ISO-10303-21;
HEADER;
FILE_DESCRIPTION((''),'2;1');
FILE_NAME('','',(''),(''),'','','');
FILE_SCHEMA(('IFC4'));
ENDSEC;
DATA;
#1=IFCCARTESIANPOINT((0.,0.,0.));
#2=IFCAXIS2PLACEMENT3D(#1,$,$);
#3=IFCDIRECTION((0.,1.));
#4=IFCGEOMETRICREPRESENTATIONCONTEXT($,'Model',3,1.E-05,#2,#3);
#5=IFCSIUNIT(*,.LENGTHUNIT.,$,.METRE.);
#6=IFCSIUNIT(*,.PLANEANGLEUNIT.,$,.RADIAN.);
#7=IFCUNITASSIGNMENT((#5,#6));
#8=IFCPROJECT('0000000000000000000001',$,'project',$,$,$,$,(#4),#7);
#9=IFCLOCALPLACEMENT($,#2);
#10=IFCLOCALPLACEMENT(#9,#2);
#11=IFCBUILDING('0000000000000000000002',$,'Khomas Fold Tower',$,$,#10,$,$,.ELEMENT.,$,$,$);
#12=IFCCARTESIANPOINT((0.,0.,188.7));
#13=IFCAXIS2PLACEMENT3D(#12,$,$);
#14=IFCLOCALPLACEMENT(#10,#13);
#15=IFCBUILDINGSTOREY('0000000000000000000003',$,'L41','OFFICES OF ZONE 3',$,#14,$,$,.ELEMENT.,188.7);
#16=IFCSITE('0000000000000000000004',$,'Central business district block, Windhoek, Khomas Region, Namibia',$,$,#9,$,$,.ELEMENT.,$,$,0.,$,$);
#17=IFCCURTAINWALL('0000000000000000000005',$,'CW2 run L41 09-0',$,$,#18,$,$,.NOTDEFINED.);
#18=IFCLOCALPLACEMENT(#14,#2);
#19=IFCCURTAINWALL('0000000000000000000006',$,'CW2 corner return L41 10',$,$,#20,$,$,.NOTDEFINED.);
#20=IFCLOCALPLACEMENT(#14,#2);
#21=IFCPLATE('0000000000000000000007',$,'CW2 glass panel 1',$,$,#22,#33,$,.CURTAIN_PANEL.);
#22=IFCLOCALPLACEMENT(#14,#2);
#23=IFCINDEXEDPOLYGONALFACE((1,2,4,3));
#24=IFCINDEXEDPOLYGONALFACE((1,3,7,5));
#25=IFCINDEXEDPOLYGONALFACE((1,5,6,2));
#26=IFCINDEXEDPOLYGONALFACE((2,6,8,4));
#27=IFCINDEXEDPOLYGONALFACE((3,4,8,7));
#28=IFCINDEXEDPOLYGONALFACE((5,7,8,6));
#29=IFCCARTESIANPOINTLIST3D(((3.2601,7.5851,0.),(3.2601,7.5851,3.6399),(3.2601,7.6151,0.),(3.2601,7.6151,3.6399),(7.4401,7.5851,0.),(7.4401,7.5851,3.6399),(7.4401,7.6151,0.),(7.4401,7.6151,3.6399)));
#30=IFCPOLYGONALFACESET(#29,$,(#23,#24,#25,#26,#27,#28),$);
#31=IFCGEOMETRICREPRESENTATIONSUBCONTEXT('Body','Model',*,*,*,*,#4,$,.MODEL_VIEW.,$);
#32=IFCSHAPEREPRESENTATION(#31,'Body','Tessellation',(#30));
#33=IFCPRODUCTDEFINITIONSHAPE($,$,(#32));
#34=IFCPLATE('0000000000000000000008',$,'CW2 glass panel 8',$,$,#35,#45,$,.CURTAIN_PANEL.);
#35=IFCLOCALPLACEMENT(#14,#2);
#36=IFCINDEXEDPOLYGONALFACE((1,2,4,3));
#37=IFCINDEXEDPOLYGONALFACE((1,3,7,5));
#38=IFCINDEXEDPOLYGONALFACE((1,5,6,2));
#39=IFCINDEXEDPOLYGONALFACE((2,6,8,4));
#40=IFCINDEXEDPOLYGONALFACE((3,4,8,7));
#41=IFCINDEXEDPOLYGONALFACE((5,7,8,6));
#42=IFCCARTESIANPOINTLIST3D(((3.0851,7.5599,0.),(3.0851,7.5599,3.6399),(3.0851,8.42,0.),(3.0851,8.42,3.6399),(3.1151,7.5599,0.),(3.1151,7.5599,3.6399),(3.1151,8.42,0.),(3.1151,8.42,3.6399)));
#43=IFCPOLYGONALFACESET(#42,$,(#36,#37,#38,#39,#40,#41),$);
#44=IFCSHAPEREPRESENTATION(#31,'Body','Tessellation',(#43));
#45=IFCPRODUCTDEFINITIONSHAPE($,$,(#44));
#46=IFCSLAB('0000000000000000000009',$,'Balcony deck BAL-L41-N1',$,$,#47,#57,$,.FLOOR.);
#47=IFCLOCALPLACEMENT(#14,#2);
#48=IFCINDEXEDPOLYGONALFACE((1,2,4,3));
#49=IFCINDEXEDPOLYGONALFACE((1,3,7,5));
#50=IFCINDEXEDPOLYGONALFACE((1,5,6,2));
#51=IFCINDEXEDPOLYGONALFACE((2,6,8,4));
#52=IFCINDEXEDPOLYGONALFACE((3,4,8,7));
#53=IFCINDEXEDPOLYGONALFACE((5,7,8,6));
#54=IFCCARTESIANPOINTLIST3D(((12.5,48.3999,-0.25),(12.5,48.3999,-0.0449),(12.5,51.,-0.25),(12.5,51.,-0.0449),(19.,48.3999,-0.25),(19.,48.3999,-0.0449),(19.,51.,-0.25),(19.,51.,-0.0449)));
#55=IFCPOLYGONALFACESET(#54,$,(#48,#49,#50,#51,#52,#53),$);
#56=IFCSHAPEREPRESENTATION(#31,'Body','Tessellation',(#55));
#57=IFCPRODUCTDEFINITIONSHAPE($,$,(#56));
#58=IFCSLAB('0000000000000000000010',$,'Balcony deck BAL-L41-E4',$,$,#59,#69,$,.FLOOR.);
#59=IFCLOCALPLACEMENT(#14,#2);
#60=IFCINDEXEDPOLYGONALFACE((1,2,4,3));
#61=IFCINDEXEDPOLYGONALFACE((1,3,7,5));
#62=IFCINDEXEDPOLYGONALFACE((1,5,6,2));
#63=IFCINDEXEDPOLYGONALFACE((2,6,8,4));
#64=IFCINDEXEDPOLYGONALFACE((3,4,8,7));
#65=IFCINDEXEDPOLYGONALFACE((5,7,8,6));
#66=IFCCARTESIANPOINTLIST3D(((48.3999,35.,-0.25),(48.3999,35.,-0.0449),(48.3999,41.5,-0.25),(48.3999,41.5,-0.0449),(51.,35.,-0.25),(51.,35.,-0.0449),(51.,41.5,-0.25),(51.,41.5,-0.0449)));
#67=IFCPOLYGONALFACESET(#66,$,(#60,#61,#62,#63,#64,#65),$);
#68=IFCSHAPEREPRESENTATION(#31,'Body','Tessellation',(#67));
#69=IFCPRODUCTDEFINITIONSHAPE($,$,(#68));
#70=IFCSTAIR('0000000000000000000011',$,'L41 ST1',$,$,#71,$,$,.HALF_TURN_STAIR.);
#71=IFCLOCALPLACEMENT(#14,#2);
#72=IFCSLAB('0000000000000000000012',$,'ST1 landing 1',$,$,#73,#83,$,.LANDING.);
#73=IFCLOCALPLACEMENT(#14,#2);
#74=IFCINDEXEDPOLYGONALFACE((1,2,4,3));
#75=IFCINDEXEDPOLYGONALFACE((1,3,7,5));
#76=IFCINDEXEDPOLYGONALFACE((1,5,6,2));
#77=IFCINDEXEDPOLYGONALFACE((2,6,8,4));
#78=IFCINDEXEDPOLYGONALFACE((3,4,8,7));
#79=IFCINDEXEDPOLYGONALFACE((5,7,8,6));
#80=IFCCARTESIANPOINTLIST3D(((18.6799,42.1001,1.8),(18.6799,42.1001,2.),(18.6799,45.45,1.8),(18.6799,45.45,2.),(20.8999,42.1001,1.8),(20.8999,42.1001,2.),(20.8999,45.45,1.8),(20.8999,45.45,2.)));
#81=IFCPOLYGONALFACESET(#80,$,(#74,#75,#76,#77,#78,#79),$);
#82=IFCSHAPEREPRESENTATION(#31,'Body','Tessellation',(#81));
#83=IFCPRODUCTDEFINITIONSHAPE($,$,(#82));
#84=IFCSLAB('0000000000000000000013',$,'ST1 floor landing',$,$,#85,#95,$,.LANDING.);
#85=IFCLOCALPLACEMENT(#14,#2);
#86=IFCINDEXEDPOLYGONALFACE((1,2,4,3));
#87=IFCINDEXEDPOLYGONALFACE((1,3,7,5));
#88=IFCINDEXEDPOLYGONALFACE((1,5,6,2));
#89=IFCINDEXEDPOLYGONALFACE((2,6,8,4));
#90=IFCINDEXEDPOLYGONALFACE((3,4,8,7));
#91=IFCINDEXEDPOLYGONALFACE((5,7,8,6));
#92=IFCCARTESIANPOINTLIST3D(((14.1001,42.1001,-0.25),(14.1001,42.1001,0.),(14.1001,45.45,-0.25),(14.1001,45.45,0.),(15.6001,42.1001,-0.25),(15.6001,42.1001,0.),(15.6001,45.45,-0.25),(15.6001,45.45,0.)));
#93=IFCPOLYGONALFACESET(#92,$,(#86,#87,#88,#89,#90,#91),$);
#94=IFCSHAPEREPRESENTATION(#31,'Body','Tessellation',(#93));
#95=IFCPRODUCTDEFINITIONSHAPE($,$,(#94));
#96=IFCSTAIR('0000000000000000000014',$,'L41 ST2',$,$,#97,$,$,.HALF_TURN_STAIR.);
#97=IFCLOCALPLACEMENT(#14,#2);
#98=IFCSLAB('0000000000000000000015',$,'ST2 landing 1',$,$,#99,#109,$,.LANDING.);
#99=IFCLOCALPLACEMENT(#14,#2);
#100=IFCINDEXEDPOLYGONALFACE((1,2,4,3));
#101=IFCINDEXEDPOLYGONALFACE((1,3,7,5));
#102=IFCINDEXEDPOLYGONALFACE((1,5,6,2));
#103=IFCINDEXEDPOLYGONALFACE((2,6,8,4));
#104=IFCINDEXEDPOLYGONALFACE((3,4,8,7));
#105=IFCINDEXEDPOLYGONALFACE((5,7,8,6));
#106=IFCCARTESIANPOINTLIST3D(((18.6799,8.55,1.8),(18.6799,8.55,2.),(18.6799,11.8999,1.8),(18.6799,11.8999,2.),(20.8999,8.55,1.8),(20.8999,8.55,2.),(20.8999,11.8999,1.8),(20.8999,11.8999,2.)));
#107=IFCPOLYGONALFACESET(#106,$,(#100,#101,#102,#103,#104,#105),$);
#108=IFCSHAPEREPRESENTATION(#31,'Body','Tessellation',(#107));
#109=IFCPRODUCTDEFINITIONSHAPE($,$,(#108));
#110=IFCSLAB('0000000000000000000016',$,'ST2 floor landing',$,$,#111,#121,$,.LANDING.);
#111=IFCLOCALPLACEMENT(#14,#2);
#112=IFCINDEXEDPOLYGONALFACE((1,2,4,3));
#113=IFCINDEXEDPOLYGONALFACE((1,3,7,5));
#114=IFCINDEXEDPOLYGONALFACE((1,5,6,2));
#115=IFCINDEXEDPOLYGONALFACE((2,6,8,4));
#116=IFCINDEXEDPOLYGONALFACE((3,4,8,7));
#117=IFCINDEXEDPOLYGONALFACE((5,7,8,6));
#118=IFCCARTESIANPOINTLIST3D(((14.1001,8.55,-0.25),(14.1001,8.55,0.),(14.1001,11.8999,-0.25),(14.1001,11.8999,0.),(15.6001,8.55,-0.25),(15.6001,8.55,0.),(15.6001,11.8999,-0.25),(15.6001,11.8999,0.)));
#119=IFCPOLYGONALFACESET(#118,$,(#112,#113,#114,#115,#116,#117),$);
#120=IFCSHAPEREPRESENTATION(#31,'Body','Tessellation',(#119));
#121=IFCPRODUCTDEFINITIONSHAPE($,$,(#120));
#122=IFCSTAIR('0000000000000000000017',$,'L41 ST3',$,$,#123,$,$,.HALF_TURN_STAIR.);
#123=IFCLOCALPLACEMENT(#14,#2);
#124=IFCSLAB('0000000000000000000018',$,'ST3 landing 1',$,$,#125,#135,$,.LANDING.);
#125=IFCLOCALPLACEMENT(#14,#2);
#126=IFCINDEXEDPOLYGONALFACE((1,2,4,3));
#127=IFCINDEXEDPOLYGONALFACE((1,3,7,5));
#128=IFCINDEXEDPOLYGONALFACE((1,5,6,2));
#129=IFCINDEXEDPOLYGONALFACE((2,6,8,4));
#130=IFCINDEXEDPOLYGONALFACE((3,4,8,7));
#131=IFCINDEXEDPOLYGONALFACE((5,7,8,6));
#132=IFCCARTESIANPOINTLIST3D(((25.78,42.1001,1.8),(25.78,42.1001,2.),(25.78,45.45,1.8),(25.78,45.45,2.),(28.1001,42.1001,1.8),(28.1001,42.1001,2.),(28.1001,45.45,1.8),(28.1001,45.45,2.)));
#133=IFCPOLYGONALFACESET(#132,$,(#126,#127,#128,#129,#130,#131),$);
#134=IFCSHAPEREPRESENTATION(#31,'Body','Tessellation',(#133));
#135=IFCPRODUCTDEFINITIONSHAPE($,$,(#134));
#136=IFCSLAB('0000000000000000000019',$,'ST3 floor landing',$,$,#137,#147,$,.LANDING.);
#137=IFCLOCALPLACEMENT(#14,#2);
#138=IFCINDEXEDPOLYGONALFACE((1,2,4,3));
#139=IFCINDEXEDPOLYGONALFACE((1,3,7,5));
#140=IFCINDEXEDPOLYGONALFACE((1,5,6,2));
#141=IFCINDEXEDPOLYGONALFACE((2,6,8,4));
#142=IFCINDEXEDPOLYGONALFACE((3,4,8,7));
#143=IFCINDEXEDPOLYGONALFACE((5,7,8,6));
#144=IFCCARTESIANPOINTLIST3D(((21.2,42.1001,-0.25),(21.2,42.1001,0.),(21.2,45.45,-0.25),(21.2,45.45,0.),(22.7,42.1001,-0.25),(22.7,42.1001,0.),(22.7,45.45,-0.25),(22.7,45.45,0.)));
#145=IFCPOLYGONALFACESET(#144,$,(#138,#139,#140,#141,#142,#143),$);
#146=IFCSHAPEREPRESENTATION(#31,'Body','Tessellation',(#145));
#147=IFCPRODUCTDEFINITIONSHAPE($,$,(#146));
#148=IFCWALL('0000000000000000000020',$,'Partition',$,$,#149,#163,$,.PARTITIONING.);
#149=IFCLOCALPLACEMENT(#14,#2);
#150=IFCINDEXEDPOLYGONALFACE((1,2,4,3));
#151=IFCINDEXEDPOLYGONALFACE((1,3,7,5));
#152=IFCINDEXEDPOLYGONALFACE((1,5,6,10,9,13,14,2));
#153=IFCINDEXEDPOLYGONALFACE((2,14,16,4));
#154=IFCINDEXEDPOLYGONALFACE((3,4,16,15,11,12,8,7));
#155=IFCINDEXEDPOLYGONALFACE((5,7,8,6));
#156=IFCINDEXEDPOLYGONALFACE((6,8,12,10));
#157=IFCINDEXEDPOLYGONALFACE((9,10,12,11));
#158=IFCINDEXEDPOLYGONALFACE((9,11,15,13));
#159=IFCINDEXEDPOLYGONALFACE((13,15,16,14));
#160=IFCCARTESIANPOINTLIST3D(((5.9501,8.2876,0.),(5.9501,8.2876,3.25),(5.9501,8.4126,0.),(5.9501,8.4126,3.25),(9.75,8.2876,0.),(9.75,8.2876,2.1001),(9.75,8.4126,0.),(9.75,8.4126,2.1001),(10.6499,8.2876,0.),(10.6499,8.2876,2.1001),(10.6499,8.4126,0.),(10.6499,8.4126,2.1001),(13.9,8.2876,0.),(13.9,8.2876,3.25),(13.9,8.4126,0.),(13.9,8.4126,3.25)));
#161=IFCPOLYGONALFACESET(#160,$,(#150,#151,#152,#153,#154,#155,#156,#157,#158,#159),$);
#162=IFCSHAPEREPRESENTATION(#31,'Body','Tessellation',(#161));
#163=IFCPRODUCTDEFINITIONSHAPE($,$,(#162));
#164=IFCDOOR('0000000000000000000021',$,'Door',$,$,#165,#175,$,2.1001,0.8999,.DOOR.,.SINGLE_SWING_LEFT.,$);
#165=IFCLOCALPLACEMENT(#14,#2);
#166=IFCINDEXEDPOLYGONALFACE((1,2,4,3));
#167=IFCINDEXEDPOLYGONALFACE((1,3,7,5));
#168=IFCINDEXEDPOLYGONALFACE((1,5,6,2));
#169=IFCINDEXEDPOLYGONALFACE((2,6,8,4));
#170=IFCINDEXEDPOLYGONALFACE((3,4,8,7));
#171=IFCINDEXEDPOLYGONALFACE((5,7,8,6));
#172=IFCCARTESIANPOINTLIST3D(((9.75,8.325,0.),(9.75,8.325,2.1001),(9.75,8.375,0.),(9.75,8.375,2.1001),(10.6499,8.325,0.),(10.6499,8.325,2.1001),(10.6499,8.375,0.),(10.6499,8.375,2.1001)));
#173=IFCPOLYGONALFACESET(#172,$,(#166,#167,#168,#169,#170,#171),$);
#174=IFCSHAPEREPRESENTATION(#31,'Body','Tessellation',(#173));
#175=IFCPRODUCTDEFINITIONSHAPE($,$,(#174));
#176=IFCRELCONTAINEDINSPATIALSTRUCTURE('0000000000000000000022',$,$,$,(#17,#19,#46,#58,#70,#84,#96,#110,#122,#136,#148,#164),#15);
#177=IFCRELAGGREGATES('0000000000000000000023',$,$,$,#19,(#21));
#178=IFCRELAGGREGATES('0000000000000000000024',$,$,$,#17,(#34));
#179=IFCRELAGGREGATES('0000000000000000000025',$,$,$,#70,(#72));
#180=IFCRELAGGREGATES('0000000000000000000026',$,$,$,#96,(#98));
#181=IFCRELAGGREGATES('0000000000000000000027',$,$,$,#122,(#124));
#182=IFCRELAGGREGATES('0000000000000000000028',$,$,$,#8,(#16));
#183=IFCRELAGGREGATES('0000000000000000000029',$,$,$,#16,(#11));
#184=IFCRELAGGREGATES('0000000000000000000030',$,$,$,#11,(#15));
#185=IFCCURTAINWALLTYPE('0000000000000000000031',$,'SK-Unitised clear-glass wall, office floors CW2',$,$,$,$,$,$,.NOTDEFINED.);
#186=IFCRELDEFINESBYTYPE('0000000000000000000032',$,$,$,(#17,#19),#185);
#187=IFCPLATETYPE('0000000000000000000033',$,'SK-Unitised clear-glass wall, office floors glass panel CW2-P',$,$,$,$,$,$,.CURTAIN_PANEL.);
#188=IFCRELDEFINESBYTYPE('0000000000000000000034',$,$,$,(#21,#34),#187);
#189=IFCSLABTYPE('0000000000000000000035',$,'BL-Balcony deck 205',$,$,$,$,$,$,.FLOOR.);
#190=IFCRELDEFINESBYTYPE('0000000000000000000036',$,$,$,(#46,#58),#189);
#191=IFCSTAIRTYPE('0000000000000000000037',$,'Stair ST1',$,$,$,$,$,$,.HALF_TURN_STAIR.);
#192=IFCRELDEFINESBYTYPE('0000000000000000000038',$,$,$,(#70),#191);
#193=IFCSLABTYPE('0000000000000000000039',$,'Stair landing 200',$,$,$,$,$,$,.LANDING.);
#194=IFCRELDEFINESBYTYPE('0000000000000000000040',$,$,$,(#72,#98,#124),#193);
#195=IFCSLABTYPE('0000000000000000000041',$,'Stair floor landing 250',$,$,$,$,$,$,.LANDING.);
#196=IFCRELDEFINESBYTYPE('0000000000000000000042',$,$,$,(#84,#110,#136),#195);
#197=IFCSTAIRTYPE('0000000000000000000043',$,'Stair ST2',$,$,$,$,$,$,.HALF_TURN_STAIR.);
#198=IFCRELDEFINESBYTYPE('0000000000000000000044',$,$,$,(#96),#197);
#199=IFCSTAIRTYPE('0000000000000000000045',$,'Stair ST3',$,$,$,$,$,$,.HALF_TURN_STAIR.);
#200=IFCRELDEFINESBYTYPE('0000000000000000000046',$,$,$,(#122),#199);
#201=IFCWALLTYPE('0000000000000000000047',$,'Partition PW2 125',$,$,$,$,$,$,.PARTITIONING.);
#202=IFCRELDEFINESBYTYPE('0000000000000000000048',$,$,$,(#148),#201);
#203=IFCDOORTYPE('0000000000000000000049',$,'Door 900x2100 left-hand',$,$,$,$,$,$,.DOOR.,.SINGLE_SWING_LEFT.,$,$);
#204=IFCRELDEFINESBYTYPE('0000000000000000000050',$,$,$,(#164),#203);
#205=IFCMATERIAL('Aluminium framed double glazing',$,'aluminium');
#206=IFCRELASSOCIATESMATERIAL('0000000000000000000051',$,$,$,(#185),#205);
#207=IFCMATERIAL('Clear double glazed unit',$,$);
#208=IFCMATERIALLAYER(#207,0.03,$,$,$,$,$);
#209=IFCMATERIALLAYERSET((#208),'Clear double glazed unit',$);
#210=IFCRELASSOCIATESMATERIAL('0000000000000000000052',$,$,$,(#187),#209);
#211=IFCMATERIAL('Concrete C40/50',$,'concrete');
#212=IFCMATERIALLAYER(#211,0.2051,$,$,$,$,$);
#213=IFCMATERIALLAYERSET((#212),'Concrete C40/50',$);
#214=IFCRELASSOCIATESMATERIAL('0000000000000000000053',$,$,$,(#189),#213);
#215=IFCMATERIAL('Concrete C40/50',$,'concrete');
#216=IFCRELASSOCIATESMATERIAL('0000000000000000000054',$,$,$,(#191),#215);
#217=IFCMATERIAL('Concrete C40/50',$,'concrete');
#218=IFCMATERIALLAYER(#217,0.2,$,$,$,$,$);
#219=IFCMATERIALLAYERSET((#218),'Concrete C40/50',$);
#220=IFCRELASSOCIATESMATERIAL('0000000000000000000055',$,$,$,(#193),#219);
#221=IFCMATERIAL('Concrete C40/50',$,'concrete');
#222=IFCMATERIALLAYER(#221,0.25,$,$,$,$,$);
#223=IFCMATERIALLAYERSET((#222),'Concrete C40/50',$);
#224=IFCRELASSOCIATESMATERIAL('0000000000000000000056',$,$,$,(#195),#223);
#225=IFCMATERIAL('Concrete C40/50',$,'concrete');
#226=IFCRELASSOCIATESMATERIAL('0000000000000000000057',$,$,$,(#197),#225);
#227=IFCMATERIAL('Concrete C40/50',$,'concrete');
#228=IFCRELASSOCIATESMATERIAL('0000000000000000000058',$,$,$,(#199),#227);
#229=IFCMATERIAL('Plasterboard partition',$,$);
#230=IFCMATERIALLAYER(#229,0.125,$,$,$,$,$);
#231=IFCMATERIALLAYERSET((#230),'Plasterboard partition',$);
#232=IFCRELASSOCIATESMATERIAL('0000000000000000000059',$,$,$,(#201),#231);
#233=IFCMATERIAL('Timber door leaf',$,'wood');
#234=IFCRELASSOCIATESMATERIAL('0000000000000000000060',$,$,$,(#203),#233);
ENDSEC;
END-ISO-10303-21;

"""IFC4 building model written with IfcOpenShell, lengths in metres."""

from ifc_helpers import new_model, si_unit, direction, frame, frame_2d, origin, origin_2d, place, context, subcontext, project, spatial, polyline, rectangle, outline, extrude, source, transform, mapped, material, layer, layer_set, type_object, element, fill, aggregate, save


model = new_model("IFC4")

# Units and contexts
model_context = context("Model", 3, precision=1e-05, world=origin(), true_north=direction((0.0, 1.0)))
body_context = subcontext(model_context, "Body", "Model", "MODEL_VIEW")
ifc_project = project(units=[si_unit("LENGTHUNIT", "METRE"), si_unit("PLANEANGLEUNIT", "RADIAN")], contexts=[model_context])

# Site, building, storey
site_placement = place(None, origin())
site = spatial("IfcSite", under=ifc_project, at=site_placement, Name="Central business district block, Windhoek, Khomas Region, Namibia", CompositionType="ELEMENT", RefElevation=0.0)
building_placement = place(site_placement, origin())
building = spatial("IfcBuilding", under=site, at=building_placement, Name="Khomas Fold Tower", CompositionType="ELEMENT")
storey_placement = place(building_placement, frame((0.0, 0.0, 188.7)))
storey = spatial("IfcBuildingStorey", under=building, at=storey_placement, Name="L41", Description="OFFICES OF ZONE 3", CompositionType="ELEMENT", Elevation=188.7)

# Curtain walls
ifc_material_1 = material(Name="Aluminium framed double glazing", Category="aluminium")
curtain_wall_type = type_object("IfcCurtainWallType", Name="SK-Unitised clear-glass wall, office floors CW2", PredefinedType="NOTDEFINED", material=ifc_material_1)
curtain_wall_1_placement = place(storey_placement, origin())
curtain_wall_1 = element("IfcCurtainWall", 1, at=curtain_wall_1_placement, inside=storey, type_object=curtain_wall_type, Name="CW2 run L41 09-0", PredefinedType="NOTDEFINED")
curtain_wall_2_placement = place(storey_placement, origin())
curtain_wall_2 = element("IfcCurtainWall", 2, at=curtain_wall_2_placement, inside=storey, type_object=curtain_wall_type, Name="CW2 corner return L41 10", PredefinedType="NOTDEFINED")

# Plates
ifc_material_2 = material(Name="Clear double glazed unit")
ifc_layer_1 = layer(ifc_material_2, 0.03)
ifc_layer_set_1 = layer_set([ifc_layer_1], Name="Clear double glazed unit")
plate_type_1 = type_object("IfcPlateType", Name="SK-Unitised clear-glass wall, office floors glass panel CW2-P", PredefinedType="CURTAIN_PANEL", material=ifc_layer_set_1)
shared_shape_1 = source(origin(), body_context, "Body", "SweptSolid", [
    extrude(rectangle(XDim=4.1799, YDim=0.03, at=origin_2d()), origin(), (0.0, 0.0, 1.0), 3.6399),
])
plate_1_placement = place(storey_placement, frame((5.3501, 7.6001, 0.0), z_axis=(0.0, 0.0, 1.0), x_axis=(1.0, 0.0, 0.0)))
plate_1 = element("IfcPlate", 3, at=plate_1_placement, type_object=plate_type_1, Name="CW2 glass panel 1", PredefinedType="CURTAIN_PANEL", context=body_context, shape_type="MappedRepresentation", body=[
    mapped(shared_shape_1, transform((0.0, 0.0, 0.0))),
])
aggregate(curtain_wall_2, [plate_1])
shared_shape_2 = source(origin(), body_context, "Body", "SweptSolid", [
    extrude(rectangle(XDim=0.8601, YDim=0.03, at=origin_2d()), origin(), (0.0, 0.0, 1.0), 3.6399),
])
plate_2_placement = place(storey_placement, frame((3.1001, 7.99, 0.0), z_axis=(0.0, 0.0, 1.0), x_axis=(0.0, -1.0, 0.0)))
plate_2 = element("IfcPlate", 4, at=plate_2_placement, type_object=plate_type_1, Name="CW2 glass panel 8", PredefinedType="CURTAIN_PANEL", context=body_context, shape_type="MappedRepresentation", body=[
    mapped(shared_shape_2, transform((0.0, 0.0, 0.0))),
])
aggregate(curtain_wall_1, [plate_2])

# Slabs
ifc_material_3 = material(Name="Concrete C40/50", Category="concrete")
ifc_layer_2 = layer(ifc_material_3, 0.2051)
ifc_layer_set_2 = layer_set([ifc_layer_2], Name="Concrete C40/50")
slab_type_1 = type_object("IfcSlabType", Name="BL-Balcony deck 205", PredefinedType="FLOOR", material=ifc_layer_set_2)
shared_shape_3 = source(origin(), body_context, "Body", "SweptSolid", [
    extrude(outline(polyline([(12.5, 48.3999), (19.0, 48.3999), (19.0, 51.0), (12.5, 51.0), (12.5, 48.3999)])), origin(), (0.0, 0.0, 1.0), 0.2051),
])
slab_1_placement = place(storey_placement, frame((0.0, 0.0, -0.25)))
element("IfcSlab", 5, at=slab_1_placement, inside=storey, type_object=slab_type_1, Name="Balcony deck BAL-L41-N1", PredefinedType="FLOOR", context=body_context, shape_type="MappedRepresentation", body=[
    mapped(shared_shape_3, transform((0.0, 0.0, 0.0))),
])
shared_shape_4 = source(origin(), body_context, "Body", "SweptSolid", [
    extrude(outline(polyline([(48.3999, 35.0), (51.0, 35.0), (51.0, 41.5), (48.3999, 41.5), (48.3999, 35.0)])), origin(), (0.0, 0.0, 1.0), 0.2051),
])
slab_2_placement = place(storey_placement, frame((0.0, 0.0, -0.25)))
element("IfcSlab", 6, at=slab_2_placement, inside=storey, type_object=slab_type_1, Name="Balcony deck BAL-L41-E4", PredefinedType="FLOOR", context=body_context, shape_type="MappedRepresentation", body=[
    mapped(shared_shape_4, transform((0.0, 0.0, 0.0))),
])

# Stair, slab
ifc_material_4 = material(Name="Concrete C40/50", Category="concrete")
stair_type_1 = type_object("IfcStairType", Name="Stair ST1", PredefinedType="HALF_TURN_STAIR", material=ifc_material_4)
stair_1_placement = place(storey_placement, origin())
stair_1 = element("IfcStair", 7, at=stair_1_placement, inside=storey, type_object=stair_type_1, Name="L41 ST1", PredefinedType="HALF_TURN_STAIR")
ifc_material_5 = material(Name="Concrete C40/50", Category="concrete")
ifc_layer_3 = layer(ifc_material_5, 0.2)
ifc_layer_set_3 = layer_set([ifc_layer_3], Name="Concrete C40/50")
slab_type_2 = type_object("IfcSlabType", Name="Stair landing 200", PredefinedType="LANDING", material=ifc_layer_set_3)
shared_shape_5 = source(origin(), body_context, "Body", "SweptSolid", [
    extrude(outline(polyline([(18.6799, 42.1001), (20.8999, 42.1001), (20.8999, 45.45), (18.6799, 45.45), (18.6799, 42.1001)])), origin(), (0.0, 0.0, 1.0), 0.2),
])
slab_3_placement = place(storey_placement, frame((0.0, 0.0, 1.8)))
slab_3 = element("IfcSlab", 8, at=slab_3_placement, type_object=slab_type_2, Name="ST1 landing 1", PredefinedType="LANDING", context=body_context, shape_type="MappedRepresentation", body=[
    mapped(shared_shape_5, transform((0.0, 0.0, 0.0))),
])
aggregate(stair_1, [slab_3])

# Slab
ifc_material_6 = material(Name="Concrete C40/50", Category="concrete")
ifc_layer_4 = layer(ifc_material_6, 0.25)
ifc_layer_set_4 = layer_set([ifc_layer_4], Name="Concrete C40/50")
slab_type_3 = type_object("IfcSlabType", Name="Stair floor landing 250", PredefinedType="LANDING", material=ifc_layer_set_4)
shared_shape_6 = source(origin(), body_context, "Body", "SweptSolid", [
    extrude(outline(polyline([(15.6001, 42.1001), (14.1001, 42.1001), (14.1001, 45.45), (15.6001, 45.45), (15.6001, 42.1001)])), origin(), (0.0, 0.0, 1.0), 0.25),
])
slab_4_placement = place(storey_placement, frame((0.0, 0.0, -0.25)))
element("IfcSlab", 9, at=slab_4_placement, inside=storey, type_object=slab_type_3, Name="ST1 floor landing", PredefinedType="LANDING", context=body_context, shape_type="MappedRepresentation", body=[
    mapped(shared_shape_6, transform((0.0, 0.0, 0.0))),
])

# Stair, slab
ifc_material_7 = material(Name="Concrete C40/50", Category="concrete")
stair_type_2 = type_object("IfcStairType", Name="Stair ST2", PredefinedType="HALF_TURN_STAIR", material=ifc_material_7)
stair_2_placement = place(storey_placement, origin())
stair_2 = element("IfcStair", 10, at=stair_2_placement, inside=storey, type_object=stair_type_2, Name="L41 ST2", PredefinedType="HALF_TURN_STAIR")
shared_shape_7 = source(origin(), body_context, "Body", "SweptSolid", [
    extrude(outline(polyline([(18.6799, 8.55), (20.8999, 8.55), (20.8999, 11.8999), (18.6799, 11.8999), (18.6799, 8.55)])), origin(), (0.0, 0.0, 1.0), 0.2),
])
slab_5_placement = place(storey_placement, frame((0.0, 0.0, 1.8)))
slab_5 = element("IfcSlab", 11, at=slab_5_placement, type_object=slab_type_2, Name="ST2 landing 1", PredefinedType="LANDING", context=body_context, shape_type="MappedRepresentation", body=[
    mapped(shared_shape_7, transform((0.0, 0.0, 0.0))),
])
aggregate(stair_2, [slab_5])

# Slab
shared_shape_8 = source(origin(), body_context, "Body", "SweptSolid", [
    extrude(outline(polyline([(15.6001, 8.55), (14.1001, 8.55), (14.1001, 11.8999), (15.6001, 11.8999), (15.6001, 8.55)])), origin(), (0.0, 0.0, 1.0), 0.25),
])
slab_6_placement = place(storey_placement, frame((0.0, 0.0, -0.25)))
element("IfcSlab", 12, at=slab_6_placement, inside=storey, type_object=slab_type_3, Name="ST2 floor landing", PredefinedType="LANDING", context=body_context, shape_type="MappedRepresentation", body=[
    mapped(shared_shape_8, transform((0.0, 0.0, 0.0))),
])

# Stair, slab
ifc_material_8 = material(Name="Concrete C40/50", Category="concrete")
stair_type_3 = type_object("IfcStairType", Name="Stair ST3", PredefinedType="HALF_TURN_STAIR", material=ifc_material_8)
stair_3_placement = place(storey_placement, origin())
stair_3 = element("IfcStair", 13, at=stair_3_placement, inside=storey, type_object=stair_type_3, Name="L41 ST3", PredefinedType="HALF_TURN_STAIR")
shared_shape_9 = source(origin(), body_context, "Body", "SweptSolid", [
    extrude(outline(polyline([(25.78, 42.1001), (28.1001, 42.1001), (28.1001, 45.45), (25.78, 45.45), (25.78, 42.1001)])), origin(), (0.0, 0.0, 1.0), 0.2),
])
slab_7_placement = place(storey_placement, frame((0.0, 0.0, 1.8)))
slab_7 = element("IfcSlab", 14, at=slab_7_placement, type_object=slab_type_2, Name="ST3 landing 1", PredefinedType="LANDING", context=body_context, shape_type="MappedRepresentation", body=[
    mapped(shared_shape_9, transform((0.0, 0.0, 0.0))),
])
aggregate(stair_3, [slab_7])

# Slab
shared_shape_10 = source(origin(), body_context, "Body", "SweptSolid", [
    extrude(outline(polyline([(22.7, 42.1001), (21.2, 42.1001), (21.2, 45.45), (22.7, 45.45), (22.7, 42.1001)])), origin(), (0.0, 0.0, 1.0), 0.25),
])
slab_8_placement = place(storey_placement, frame((0.0, 0.0, -0.25)))
element("IfcSlab", 15, at=slab_8_placement, inside=storey, type_object=slab_type_3, Name="ST3 floor landing", PredefinedType="LANDING", context=body_context, shape_type="MappedRepresentation", body=[
    mapped(shared_shape_10, transform((0.0, 0.0, 0.0))),
])

# Wall, opening, door
ifc_material_9 = material(Name="Plasterboard partition")
ifc_layer_5 = layer(ifc_material_9, 0.125)
ifc_layer_set_5 = layer_set([ifc_layer_5], Name="Plasterboard partition")
wall_type = type_object("IfcWallType", Name="Partition PW2 125", PredefinedType="PARTITIONING", material=ifc_layer_set_5)
shared_shape_11 = source(origin(), body_context, "Body", "SweptSolid", [
    extrude(rectangle(XDim=7.95, YDim=0.125, at=frame_2d((3.9751, 0.0))), origin(), (0.0, 0.0, 1.0), 3.25),
])
wall_1_placement = place(storey_placement, frame((5.95, 8.3501, 0.0), z_axis=(0.0, 0.0, 1.0), x_axis=(1.0, 0.0, 0.0)))
wall_1 = element("IfcWall", 16, at=wall_1_placement, inside=storey, type_object=wall_type, Name="Partition", PredefinedType="PARTITIONING", context=body_context, shape_type="MappedRepresentation", body=[
    mapped(shared_shape_11, transform((0.0, 0.0, 0.0))),
])
shared_shape_12 = source(origin(), body_context, "Body", "SweptSolid", [
    extrude(rectangle(XDim=0.8999, YDim=2.1001, at=frame_2d((0.45, 1.05))), frame((0.0, 0.0725, 0.0), z_axis=(0.0, -1.0, 0.0), x_axis=(1.0, 0.0, 0.0)), (0.0, 0.0, 1.0), 0.145),
])
opening_placement = place(wall_1_placement, frame((3.8, 0.0, 0.0)))
opening = element("IfcOpeningElement", 17, at=opening_placement, cuts=wall_1, PredefinedType="OPENING", context=body_context, shape_type="MappedRepresentation", body=[
    mapped(shared_shape_12, transform((0.0, 0.0, 0.0))),
])
ifc_material_10 = material(Name="Timber door leaf", Category="wood")
door_type = type_object("IfcDoorType", Name="Door 900x2100 left-hand", OperationType="SINGLE_SWING_LEFT", PredefinedType="DOOR", material=ifc_material_10)
shared_shape_13 = source(origin(), body_context, "Body", "SweptSolid", [
    extrude(rectangle(XDim=0.8999, YDim=2.1001, at=frame_2d((0.45, 1.05))), frame((0.0, 0.0249, 0.0), z_axis=(0.0, -1.0, 0.0), x_axis=(1.0, 0.0, 0.0)), (0.0, 0.0, 1.0), 0.05),
])
door_placement = place(opening_placement, origin())
door = element("IfcDoor", 18, at=door_placement, inside=storey, type_object=door_type, Name="Door", OperationType="SINGLE_SWING_LEFT", OverallHeight=2.1001, OverallWidth=0.8999, PredefinedType="DOOR", context=body_context, shape_type="MappedRepresentation", body=[
    mapped(shared_shape_13, transform((0.0, 0.0, 0.0))),
])
fill(opening, door)

save(model, "model.ifc")
